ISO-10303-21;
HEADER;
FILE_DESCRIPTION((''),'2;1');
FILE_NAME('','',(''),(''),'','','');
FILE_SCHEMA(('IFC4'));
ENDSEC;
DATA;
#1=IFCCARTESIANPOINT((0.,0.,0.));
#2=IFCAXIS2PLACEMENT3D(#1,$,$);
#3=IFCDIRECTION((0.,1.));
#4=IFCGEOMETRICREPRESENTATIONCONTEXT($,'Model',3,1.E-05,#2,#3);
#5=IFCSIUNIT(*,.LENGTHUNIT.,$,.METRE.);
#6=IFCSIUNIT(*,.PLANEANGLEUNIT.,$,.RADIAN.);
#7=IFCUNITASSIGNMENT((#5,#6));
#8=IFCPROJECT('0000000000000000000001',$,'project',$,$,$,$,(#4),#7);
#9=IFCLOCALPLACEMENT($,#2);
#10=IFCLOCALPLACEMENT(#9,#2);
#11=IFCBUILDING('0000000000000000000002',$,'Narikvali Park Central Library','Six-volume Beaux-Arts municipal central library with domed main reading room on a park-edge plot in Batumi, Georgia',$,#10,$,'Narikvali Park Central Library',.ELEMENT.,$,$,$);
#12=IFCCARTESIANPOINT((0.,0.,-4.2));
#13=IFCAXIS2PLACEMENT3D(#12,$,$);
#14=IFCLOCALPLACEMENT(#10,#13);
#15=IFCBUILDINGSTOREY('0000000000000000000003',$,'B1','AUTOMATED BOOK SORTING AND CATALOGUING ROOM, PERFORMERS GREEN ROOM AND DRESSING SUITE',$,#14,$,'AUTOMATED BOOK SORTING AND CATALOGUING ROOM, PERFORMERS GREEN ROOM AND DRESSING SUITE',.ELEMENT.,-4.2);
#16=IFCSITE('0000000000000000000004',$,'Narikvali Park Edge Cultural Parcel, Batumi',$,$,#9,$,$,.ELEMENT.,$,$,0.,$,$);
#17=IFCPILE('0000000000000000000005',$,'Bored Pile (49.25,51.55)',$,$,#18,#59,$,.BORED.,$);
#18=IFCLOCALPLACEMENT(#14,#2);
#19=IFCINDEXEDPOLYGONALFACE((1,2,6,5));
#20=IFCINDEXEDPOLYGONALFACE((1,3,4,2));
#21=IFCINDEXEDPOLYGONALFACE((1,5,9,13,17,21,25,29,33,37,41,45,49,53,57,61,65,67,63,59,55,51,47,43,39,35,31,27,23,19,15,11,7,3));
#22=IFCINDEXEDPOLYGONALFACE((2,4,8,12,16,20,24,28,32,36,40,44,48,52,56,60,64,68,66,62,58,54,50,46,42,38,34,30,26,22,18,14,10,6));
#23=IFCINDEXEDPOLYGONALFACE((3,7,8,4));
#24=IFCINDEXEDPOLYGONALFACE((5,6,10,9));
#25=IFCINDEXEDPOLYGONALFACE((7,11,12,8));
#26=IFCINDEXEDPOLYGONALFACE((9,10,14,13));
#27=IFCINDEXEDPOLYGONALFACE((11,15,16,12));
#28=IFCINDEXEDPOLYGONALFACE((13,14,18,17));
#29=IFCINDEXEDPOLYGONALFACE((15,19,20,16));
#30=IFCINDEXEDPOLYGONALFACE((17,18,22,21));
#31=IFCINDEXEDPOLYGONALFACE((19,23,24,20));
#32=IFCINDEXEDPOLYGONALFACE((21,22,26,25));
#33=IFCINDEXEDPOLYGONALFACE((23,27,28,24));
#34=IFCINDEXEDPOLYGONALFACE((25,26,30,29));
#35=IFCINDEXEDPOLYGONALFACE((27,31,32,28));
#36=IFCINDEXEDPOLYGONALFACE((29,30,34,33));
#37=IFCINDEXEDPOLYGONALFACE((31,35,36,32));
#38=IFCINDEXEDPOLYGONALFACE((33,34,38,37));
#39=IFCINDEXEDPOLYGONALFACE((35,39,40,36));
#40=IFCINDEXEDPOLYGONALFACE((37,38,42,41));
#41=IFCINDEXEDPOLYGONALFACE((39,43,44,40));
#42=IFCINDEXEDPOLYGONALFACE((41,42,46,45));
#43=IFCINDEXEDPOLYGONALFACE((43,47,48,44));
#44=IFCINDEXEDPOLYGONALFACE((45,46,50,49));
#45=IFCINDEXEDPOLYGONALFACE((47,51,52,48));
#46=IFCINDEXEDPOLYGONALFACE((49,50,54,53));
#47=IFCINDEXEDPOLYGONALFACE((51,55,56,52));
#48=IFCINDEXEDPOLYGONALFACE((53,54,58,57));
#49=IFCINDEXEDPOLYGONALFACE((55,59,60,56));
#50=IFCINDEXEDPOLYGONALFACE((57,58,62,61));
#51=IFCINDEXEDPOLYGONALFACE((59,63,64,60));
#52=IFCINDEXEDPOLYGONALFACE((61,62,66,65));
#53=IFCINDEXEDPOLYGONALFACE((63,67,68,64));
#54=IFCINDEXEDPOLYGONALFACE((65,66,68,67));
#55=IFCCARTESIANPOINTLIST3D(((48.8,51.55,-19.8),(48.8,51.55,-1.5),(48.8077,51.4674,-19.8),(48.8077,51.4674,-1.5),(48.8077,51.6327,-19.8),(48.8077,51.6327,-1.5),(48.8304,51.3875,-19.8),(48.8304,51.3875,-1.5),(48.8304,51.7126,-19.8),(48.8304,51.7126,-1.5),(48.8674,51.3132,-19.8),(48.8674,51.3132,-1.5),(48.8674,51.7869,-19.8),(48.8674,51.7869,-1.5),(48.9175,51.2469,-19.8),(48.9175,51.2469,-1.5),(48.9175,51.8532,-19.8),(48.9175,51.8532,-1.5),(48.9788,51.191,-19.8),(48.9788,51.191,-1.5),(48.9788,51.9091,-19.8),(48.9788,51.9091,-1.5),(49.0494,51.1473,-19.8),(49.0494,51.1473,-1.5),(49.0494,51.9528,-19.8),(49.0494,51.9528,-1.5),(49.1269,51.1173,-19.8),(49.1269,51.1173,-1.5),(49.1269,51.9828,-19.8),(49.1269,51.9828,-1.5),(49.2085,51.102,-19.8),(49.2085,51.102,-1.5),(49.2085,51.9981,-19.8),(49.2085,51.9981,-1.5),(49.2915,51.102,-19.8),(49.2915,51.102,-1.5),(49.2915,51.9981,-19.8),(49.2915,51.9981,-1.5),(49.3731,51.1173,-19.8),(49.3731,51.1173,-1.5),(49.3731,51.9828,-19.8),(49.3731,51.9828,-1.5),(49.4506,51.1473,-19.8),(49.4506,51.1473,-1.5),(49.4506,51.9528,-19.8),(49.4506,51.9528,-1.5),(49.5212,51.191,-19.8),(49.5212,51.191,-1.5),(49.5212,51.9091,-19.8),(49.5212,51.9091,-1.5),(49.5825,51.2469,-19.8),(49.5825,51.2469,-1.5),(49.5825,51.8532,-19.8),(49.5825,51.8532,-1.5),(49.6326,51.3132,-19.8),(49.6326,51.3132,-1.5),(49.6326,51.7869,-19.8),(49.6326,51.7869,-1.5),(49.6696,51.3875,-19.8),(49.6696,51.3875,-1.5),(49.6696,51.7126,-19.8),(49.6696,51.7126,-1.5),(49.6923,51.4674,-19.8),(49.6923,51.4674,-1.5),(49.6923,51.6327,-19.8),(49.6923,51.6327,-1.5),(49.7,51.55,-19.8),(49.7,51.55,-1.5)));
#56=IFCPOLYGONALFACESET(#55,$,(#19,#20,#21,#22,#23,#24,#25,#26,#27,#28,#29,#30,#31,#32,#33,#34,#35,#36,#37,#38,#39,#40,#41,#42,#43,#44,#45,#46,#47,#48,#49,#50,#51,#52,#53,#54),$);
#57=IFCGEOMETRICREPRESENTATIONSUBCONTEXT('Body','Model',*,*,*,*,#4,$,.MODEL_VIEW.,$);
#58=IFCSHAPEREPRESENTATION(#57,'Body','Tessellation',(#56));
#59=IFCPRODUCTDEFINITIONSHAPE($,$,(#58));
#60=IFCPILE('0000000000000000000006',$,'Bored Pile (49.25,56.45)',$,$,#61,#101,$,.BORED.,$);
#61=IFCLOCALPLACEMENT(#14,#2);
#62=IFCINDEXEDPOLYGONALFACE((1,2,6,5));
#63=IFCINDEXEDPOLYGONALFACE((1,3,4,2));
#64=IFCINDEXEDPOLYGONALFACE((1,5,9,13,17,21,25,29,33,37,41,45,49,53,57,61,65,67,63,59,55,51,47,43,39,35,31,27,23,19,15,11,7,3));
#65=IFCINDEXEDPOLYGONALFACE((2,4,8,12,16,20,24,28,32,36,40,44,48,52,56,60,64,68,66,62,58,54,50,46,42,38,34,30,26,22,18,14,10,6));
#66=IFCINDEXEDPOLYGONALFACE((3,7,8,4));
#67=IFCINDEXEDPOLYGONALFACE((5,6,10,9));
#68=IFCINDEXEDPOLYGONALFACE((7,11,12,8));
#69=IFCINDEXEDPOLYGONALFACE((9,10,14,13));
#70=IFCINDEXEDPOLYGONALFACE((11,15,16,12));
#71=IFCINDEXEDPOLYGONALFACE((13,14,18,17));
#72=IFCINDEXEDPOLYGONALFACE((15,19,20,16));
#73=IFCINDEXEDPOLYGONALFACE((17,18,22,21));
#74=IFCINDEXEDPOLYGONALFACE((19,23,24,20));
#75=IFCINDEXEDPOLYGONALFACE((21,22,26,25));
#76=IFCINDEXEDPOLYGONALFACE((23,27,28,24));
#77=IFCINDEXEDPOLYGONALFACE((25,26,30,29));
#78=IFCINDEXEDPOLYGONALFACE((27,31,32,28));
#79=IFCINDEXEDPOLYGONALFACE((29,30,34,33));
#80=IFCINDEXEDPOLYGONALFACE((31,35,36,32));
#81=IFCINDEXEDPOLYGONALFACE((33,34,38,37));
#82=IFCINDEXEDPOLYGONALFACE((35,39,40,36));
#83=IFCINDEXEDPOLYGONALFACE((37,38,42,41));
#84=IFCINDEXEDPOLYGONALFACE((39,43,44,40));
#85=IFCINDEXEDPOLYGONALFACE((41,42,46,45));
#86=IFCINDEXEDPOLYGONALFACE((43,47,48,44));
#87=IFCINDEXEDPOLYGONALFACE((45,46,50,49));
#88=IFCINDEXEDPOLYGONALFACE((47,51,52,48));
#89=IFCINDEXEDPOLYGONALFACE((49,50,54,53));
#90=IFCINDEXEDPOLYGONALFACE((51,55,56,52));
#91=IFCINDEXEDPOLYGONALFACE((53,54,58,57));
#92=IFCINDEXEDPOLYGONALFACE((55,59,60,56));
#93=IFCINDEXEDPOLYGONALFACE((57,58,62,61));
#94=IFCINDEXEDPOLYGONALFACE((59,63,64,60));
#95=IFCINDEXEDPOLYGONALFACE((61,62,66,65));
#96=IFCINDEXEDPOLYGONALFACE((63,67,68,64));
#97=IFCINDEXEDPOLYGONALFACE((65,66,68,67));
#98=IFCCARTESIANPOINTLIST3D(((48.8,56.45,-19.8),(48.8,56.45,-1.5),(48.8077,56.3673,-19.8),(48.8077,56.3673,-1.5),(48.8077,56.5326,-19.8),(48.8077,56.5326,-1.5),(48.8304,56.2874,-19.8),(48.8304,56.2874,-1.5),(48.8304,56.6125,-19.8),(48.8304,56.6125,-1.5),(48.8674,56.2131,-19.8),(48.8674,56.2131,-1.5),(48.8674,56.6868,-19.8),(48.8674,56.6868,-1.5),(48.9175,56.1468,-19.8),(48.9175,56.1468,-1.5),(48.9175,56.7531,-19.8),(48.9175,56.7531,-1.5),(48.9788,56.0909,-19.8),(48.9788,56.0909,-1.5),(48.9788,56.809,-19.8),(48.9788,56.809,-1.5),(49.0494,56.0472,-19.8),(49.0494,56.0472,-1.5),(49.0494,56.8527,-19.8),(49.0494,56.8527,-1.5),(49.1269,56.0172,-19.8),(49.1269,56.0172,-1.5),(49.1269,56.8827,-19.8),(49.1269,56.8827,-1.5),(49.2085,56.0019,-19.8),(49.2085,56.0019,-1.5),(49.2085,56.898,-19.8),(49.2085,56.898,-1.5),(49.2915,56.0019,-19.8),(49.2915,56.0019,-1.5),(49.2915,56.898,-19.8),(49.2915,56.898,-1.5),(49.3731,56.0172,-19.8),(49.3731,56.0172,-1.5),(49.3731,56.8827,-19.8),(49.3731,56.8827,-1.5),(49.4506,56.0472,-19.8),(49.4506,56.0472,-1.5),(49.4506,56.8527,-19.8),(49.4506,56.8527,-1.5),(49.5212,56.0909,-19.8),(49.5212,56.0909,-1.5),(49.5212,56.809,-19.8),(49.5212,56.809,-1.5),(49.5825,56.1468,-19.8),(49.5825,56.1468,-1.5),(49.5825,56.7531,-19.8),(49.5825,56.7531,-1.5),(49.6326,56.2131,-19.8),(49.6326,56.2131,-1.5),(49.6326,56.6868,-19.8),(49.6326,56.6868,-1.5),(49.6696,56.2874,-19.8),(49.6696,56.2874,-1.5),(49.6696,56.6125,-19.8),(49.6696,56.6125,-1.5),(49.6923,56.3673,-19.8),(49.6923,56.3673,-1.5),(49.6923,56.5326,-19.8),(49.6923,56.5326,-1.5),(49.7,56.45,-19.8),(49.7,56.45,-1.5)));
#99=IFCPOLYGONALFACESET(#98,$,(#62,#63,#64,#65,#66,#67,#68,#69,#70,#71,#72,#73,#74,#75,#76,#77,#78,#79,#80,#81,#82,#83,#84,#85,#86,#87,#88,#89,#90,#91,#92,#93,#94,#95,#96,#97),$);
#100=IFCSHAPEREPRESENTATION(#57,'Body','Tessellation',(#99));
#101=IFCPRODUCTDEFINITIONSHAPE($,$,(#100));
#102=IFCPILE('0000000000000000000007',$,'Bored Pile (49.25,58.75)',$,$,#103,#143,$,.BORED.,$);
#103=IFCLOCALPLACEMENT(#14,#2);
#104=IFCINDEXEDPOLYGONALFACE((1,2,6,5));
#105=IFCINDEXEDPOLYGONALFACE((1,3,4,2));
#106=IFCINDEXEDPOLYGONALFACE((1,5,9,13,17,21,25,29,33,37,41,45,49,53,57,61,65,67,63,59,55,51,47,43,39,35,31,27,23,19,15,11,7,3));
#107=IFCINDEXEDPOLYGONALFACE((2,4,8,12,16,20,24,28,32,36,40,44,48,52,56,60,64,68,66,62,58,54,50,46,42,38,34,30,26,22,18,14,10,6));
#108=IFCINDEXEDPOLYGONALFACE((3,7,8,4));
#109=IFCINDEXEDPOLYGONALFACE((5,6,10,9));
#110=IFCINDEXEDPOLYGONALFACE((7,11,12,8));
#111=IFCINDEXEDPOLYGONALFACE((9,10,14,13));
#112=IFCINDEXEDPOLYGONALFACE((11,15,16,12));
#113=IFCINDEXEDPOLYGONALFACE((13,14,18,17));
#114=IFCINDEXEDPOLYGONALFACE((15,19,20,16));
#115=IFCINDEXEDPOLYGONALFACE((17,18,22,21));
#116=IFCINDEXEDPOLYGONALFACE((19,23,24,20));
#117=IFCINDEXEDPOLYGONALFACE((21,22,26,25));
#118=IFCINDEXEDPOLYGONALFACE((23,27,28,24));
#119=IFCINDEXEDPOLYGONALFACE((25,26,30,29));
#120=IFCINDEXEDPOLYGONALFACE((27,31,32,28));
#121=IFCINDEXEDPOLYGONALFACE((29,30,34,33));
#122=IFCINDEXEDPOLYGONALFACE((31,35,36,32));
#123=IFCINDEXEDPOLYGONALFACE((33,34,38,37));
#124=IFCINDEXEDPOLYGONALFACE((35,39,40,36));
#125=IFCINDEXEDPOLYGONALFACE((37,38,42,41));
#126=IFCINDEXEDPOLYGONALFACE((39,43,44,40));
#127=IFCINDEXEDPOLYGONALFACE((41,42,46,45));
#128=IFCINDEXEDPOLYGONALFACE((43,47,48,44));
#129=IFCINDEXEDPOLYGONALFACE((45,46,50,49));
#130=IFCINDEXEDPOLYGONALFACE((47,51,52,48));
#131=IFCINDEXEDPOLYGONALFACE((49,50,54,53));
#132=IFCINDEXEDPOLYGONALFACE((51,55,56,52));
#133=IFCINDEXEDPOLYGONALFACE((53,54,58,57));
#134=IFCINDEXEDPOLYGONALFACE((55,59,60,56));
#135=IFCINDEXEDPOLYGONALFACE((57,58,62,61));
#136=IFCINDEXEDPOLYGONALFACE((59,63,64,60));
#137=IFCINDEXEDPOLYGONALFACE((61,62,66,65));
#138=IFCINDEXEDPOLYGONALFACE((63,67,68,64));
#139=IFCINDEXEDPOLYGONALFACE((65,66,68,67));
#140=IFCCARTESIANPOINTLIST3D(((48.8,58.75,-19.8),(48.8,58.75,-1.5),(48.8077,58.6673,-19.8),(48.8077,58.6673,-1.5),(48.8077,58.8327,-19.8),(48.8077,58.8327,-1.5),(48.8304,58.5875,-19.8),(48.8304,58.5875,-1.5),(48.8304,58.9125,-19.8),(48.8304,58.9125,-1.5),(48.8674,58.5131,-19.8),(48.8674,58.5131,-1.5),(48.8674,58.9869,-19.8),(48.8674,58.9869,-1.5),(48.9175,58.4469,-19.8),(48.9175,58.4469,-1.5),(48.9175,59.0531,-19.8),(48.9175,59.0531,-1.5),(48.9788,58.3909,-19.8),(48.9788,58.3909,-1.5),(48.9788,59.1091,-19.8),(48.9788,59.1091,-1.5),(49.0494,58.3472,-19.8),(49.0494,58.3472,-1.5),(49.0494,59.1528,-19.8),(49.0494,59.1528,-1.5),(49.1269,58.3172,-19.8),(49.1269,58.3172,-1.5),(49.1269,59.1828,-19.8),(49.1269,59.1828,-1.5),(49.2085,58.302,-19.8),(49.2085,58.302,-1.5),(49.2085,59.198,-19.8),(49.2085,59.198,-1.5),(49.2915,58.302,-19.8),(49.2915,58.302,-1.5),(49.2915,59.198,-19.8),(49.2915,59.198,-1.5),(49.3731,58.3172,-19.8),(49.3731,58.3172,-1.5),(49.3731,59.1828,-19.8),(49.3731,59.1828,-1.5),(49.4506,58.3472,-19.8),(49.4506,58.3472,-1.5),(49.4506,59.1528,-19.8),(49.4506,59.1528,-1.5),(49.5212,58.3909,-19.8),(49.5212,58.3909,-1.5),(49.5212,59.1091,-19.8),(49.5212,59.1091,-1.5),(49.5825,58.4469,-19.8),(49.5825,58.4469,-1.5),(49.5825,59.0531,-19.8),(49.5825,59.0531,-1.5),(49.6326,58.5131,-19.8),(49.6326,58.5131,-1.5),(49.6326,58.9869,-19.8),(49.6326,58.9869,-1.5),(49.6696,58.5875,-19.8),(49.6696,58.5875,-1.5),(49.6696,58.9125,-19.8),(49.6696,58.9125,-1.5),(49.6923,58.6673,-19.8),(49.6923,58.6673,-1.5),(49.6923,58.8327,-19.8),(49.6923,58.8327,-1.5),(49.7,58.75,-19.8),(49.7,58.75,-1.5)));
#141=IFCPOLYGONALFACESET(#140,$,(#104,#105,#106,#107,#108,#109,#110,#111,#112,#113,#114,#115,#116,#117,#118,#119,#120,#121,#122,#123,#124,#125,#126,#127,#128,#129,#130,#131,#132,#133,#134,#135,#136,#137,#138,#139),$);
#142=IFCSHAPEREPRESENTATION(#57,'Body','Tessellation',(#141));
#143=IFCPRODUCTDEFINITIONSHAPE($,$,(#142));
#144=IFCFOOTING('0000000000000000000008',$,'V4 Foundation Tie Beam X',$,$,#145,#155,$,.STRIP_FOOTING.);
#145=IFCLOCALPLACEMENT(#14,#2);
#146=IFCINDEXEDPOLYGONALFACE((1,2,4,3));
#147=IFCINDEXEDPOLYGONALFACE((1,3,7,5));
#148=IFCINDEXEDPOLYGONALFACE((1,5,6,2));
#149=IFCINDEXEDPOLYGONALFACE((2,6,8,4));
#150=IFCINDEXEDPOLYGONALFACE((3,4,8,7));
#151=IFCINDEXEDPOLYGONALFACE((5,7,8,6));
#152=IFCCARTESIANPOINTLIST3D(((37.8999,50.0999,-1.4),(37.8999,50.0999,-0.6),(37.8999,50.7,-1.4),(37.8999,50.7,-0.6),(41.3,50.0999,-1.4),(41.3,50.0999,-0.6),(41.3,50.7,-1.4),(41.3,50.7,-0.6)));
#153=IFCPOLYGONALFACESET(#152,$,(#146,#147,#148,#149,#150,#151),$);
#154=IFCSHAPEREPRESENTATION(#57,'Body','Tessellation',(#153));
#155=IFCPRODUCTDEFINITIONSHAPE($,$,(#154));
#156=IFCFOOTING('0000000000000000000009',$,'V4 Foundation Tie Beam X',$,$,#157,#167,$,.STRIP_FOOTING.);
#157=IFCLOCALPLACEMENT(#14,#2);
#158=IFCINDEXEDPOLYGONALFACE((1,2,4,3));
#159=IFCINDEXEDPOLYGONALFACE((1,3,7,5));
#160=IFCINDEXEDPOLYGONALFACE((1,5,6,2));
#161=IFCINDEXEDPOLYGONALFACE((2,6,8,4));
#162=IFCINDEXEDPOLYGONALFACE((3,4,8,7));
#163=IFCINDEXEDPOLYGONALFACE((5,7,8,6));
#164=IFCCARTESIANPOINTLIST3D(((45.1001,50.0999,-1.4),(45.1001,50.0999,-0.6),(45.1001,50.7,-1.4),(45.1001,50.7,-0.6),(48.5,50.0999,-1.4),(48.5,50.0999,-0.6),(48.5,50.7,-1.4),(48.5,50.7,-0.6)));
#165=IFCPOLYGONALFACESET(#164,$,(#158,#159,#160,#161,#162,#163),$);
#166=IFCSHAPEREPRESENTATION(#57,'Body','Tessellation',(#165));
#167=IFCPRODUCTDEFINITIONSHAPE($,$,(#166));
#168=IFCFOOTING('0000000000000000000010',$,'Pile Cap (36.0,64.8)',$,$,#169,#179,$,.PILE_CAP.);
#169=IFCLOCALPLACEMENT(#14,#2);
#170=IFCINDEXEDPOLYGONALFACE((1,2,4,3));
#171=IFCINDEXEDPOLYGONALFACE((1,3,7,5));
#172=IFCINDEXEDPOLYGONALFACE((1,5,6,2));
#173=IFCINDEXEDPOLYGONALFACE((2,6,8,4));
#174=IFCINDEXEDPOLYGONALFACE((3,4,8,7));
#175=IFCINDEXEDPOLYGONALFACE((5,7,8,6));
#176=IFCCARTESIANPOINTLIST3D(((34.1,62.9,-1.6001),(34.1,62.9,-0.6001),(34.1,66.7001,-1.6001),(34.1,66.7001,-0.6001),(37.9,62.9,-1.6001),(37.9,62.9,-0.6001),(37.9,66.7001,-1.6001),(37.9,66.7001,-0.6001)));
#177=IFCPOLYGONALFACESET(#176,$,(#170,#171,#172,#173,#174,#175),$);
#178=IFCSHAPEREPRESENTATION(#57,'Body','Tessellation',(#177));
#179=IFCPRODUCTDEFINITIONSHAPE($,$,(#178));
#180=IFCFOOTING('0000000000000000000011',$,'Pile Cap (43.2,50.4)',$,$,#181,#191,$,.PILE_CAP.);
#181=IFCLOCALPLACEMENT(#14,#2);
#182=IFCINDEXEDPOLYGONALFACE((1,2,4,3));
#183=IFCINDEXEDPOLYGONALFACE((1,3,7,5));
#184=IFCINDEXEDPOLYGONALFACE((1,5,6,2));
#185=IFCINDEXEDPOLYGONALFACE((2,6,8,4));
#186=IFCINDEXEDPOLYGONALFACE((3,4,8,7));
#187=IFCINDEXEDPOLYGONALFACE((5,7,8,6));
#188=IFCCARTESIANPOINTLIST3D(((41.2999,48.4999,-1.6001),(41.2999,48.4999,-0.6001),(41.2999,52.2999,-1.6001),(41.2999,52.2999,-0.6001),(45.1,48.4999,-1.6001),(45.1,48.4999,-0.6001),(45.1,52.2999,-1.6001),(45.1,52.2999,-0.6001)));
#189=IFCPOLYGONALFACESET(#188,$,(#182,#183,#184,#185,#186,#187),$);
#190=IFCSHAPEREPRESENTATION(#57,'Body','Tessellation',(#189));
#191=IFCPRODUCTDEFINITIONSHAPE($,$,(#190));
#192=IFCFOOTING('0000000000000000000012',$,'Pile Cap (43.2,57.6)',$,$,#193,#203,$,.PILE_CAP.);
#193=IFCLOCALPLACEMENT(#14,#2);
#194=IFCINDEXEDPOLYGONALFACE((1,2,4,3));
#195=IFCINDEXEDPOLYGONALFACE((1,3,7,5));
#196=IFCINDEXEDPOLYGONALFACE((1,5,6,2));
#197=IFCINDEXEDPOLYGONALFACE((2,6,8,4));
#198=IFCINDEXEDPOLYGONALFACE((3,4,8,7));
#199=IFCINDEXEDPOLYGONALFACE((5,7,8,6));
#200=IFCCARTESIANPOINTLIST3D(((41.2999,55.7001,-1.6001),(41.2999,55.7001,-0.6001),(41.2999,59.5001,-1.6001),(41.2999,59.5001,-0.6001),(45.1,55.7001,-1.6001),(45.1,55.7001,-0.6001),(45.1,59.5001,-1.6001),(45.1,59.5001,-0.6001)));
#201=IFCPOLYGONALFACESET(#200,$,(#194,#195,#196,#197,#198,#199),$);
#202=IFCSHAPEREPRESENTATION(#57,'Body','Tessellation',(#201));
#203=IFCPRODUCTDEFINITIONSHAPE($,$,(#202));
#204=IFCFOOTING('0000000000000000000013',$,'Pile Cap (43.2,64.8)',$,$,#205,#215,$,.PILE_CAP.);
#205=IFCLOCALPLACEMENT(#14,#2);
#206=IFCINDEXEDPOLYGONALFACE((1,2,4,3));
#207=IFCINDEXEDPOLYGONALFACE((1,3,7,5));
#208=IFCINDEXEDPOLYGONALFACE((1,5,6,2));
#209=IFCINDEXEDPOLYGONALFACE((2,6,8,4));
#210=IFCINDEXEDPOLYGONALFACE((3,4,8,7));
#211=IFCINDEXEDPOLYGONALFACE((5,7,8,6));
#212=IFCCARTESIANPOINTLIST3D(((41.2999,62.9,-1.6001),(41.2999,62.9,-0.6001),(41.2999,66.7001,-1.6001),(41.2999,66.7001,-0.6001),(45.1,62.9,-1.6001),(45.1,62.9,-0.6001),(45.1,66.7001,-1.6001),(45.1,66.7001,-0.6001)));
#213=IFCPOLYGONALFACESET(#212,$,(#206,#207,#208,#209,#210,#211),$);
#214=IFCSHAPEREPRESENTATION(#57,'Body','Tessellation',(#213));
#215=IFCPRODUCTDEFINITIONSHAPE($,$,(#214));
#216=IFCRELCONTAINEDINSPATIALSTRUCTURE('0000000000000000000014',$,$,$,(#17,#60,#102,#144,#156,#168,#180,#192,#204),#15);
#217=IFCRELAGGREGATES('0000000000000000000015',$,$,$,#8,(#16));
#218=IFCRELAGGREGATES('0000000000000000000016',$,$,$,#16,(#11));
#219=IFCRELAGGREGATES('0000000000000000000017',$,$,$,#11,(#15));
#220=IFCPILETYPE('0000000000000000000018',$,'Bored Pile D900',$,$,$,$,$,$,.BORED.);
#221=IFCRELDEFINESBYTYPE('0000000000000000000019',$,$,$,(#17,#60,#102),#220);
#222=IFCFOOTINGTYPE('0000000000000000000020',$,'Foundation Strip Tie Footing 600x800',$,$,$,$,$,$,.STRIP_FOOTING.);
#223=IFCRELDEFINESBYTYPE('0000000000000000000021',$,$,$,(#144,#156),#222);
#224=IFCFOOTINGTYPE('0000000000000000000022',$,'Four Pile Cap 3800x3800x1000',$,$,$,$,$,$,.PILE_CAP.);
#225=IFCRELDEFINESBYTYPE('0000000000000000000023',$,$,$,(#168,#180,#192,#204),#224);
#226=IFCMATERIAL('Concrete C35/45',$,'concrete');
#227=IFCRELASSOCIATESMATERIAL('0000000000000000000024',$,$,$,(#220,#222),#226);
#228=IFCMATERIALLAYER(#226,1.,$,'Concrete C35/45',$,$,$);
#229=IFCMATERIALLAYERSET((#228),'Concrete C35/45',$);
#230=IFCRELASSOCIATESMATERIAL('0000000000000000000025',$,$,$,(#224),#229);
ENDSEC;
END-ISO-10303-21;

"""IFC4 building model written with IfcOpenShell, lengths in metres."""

from ifc_helpers import new_model, si_unit, direction, frame, origin, origin_2d, place, context, subcontext, project, spatial, rectangle, circle, extrude, material, layer, layer_set, material_profile, profile_set, type_object, element, save


model = new_model("IFC4")

# Units and contexts
model_context = context("Model", 3, precision=1e-05, world=origin(), true_north=direction((0.0, 1.0)))
body_context = subcontext(model_context, "Body", "Model", "MODEL_VIEW")
ifc_project = project(units=[si_unit("LENGTHUNIT", "METRE"), si_unit("PLANEANGLEUNIT", "RADIAN")], contexts=[model_context])

# Site, building, storey
site_placement = place(None, origin())
site = spatial("IfcSite", under=ifc_project, at=site_placement, Name="Narikvali Park Edge Cultural Parcel, Batumi", CompositionType="ELEMENT", RefElevation=0.0)
building_placement = place(site_placement, origin())
building = spatial("IfcBuilding", under=site, at=building_placement, Name="Narikvali Park Central Library", Description="Six-volume Beaux-Arts municipal central library with domed main reading room on a park-edge plot in Batumi, Georgia", LongName="Narikvali Park Central Library", CompositionType="ELEMENT")
storey_placement = place(building_placement, frame((0.0, 0.0, -4.2)))
storey = spatial("IfcBuildingStorey", under=building, at=storey_placement, Name="B1", Description="AUTOMATED BOOK SORTING AND CATALOGUING ROOM, PERFORMERS GREEN ROOM AND DRESSING SUITE", LongName="AUTOMATED BOOK SORTING AND CATALOGUING ROOM, PERFORMERS GREEN ROOM AND DRESSING SUITE", CompositionType="ELEMENT", Elevation=-4.2)

# Piles
ifc_material_1 = material(Name="Concrete C35/45", Category="concrete")
ifc_material_profile_1 = material_profile(ifc_material_1, circle(Radius=0.45, at=origin_2d()), Name="PILE D900")
ifc_profile_set_1 = profile_set([ifc_material_profile_1], Name="Concrete C35/45")
pile_type = type_object("IfcPileType", Name="Bored Pile D900", PredefinedType="BORED", material=ifc_profile_set_1)
for number, where, z_axis, x_axis, name in (
    (1, (49.25, 51.55, -1.5), (0.0, 0.0, -1.0), (1.0, 0.0, 0.0), "Bored Pile (49.25,51.55)"),
    (2, (49.25, 56.45, -1.5), (0.0, 0.0, -1.0), (1.0, 0.0, 0.0), "Bored Pile (49.25,56.45)"),
    (3, (49.25, 58.75, -1.5), (0.0, 0.0, -1.0), (1.0, 0.0, 0.0), "Bored Pile (49.25,58.75)"),
):
    element("IfcPile", number, at=place(storey_placement, frame(where, z_axis=z_axis, x_axis=x_axis)), inside=storey, type_object=pile_type, Name=name, PredefinedType="BORED", context=body_context, shape_type="SweptSolid", body=[
        extrude(circle(Radius=0.45, at=origin_2d()), origin(), (0.0, 0.0, 1.0), 18.3),
    ])

# Footings
ifc_material_profile_2 = material_profile(ifc_material_1, rectangle(XDim=0.6001, YDim=0.8, at=origin_2d()), Name="RC GB 600x800")
ifc_profile_set_2 = profile_set([ifc_material_profile_2], Name="Concrete C35/45")
footing_type_1 = type_object("IfcFootingType", Name="Foundation Strip Tie Footing 600x800", PredefinedType="STRIP_FOOTING", material=ifc_profile_set_2)
footing_1_placement = place(storey_placement, frame((37.8999, 50.3999, -1.0), z_axis=(1.0, 0.0, 0.0), x_axis=(0.0, 1.0, 0.0)))
element("IfcFooting", 4, at=footing_1_placement, inside=storey, type_object=footing_type_1, Name="V4 Foundation Tie Beam X", PredefinedType="STRIP_FOOTING", context=body_context, shape_type="SweptSolid", body=[
    extrude(rectangle(XDim=0.6001, YDim=0.8, at=origin_2d()), origin(), (0.0, 0.0, 1.0), 3.4001),
])
footing_2_placement = place(storey_placement, frame((45.1001, 50.3999, -1.0), z_axis=(1.0, 0.0, 0.0), x_axis=(0.0, 1.0, 0.0)))
element("IfcFooting", 5, at=footing_2_placement, inside=storey, type_object=footing_type_1, Name="V4 Foundation Tie Beam X", PredefinedType="STRIP_FOOTING", context=body_context, shape_type="SweptSolid", body=[
    extrude(rectangle(XDim=0.6001, YDim=0.8, at=origin_2d()), origin(), (0.0, 0.0, 1.0), 3.3999),
])
ifc_layer_1 = layer(ifc_material_1, 1.0, Name="Concrete C35/45")
ifc_layer_set_1 = layer_set([ifc_layer_1], Name="Concrete C35/45")
footing_type_2 = type_object("IfcFootingType", Name="Four Pile Cap 3800x3800x1000", PredefinedType="PILE_CAP", material=ifc_layer_set_1)
for number, where, z_axis, x_axis, name in (
    (6, (36.0, 64.8, -1.6001), (0.0, 0.0, 1.0), (1.0, 0.0, 0.0), "Pile Cap (36.0,64.8)"),
    (7, (43.2, 50.3999, -1.6001), (0.0, 0.0, 1.0), (1.0, 0.0, 0.0), "Pile Cap (43.2,50.4)"),
    (8, (43.2, 57.6001, -1.6001), (0.0, 0.0, 1.0), (1.0, 0.0, 0.0), "Pile Cap (43.2,57.6)"),
    (9, (43.2, 64.8, -1.6001), (0.0, 0.0, 1.0), (1.0, 0.0, 0.0), "Pile Cap (43.2,64.8)"),
):
    element("IfcFooting", number, at=place(storey_placement, frame(where, z_axis=z_axis, x_axis=x_axis)), inside=storey, type_object=footing_type_2, Name=name, PredefinedType="PILE_CAP", context=body_context, shape_type="SweptSolid", body=[
        extrude(rectangle(XDim=3.8, YDim=3.8, at=origin_2d()), origin(), (0.0, 0.0, 1.0), 1.0),
    ])

save(model, "model.ifc")
